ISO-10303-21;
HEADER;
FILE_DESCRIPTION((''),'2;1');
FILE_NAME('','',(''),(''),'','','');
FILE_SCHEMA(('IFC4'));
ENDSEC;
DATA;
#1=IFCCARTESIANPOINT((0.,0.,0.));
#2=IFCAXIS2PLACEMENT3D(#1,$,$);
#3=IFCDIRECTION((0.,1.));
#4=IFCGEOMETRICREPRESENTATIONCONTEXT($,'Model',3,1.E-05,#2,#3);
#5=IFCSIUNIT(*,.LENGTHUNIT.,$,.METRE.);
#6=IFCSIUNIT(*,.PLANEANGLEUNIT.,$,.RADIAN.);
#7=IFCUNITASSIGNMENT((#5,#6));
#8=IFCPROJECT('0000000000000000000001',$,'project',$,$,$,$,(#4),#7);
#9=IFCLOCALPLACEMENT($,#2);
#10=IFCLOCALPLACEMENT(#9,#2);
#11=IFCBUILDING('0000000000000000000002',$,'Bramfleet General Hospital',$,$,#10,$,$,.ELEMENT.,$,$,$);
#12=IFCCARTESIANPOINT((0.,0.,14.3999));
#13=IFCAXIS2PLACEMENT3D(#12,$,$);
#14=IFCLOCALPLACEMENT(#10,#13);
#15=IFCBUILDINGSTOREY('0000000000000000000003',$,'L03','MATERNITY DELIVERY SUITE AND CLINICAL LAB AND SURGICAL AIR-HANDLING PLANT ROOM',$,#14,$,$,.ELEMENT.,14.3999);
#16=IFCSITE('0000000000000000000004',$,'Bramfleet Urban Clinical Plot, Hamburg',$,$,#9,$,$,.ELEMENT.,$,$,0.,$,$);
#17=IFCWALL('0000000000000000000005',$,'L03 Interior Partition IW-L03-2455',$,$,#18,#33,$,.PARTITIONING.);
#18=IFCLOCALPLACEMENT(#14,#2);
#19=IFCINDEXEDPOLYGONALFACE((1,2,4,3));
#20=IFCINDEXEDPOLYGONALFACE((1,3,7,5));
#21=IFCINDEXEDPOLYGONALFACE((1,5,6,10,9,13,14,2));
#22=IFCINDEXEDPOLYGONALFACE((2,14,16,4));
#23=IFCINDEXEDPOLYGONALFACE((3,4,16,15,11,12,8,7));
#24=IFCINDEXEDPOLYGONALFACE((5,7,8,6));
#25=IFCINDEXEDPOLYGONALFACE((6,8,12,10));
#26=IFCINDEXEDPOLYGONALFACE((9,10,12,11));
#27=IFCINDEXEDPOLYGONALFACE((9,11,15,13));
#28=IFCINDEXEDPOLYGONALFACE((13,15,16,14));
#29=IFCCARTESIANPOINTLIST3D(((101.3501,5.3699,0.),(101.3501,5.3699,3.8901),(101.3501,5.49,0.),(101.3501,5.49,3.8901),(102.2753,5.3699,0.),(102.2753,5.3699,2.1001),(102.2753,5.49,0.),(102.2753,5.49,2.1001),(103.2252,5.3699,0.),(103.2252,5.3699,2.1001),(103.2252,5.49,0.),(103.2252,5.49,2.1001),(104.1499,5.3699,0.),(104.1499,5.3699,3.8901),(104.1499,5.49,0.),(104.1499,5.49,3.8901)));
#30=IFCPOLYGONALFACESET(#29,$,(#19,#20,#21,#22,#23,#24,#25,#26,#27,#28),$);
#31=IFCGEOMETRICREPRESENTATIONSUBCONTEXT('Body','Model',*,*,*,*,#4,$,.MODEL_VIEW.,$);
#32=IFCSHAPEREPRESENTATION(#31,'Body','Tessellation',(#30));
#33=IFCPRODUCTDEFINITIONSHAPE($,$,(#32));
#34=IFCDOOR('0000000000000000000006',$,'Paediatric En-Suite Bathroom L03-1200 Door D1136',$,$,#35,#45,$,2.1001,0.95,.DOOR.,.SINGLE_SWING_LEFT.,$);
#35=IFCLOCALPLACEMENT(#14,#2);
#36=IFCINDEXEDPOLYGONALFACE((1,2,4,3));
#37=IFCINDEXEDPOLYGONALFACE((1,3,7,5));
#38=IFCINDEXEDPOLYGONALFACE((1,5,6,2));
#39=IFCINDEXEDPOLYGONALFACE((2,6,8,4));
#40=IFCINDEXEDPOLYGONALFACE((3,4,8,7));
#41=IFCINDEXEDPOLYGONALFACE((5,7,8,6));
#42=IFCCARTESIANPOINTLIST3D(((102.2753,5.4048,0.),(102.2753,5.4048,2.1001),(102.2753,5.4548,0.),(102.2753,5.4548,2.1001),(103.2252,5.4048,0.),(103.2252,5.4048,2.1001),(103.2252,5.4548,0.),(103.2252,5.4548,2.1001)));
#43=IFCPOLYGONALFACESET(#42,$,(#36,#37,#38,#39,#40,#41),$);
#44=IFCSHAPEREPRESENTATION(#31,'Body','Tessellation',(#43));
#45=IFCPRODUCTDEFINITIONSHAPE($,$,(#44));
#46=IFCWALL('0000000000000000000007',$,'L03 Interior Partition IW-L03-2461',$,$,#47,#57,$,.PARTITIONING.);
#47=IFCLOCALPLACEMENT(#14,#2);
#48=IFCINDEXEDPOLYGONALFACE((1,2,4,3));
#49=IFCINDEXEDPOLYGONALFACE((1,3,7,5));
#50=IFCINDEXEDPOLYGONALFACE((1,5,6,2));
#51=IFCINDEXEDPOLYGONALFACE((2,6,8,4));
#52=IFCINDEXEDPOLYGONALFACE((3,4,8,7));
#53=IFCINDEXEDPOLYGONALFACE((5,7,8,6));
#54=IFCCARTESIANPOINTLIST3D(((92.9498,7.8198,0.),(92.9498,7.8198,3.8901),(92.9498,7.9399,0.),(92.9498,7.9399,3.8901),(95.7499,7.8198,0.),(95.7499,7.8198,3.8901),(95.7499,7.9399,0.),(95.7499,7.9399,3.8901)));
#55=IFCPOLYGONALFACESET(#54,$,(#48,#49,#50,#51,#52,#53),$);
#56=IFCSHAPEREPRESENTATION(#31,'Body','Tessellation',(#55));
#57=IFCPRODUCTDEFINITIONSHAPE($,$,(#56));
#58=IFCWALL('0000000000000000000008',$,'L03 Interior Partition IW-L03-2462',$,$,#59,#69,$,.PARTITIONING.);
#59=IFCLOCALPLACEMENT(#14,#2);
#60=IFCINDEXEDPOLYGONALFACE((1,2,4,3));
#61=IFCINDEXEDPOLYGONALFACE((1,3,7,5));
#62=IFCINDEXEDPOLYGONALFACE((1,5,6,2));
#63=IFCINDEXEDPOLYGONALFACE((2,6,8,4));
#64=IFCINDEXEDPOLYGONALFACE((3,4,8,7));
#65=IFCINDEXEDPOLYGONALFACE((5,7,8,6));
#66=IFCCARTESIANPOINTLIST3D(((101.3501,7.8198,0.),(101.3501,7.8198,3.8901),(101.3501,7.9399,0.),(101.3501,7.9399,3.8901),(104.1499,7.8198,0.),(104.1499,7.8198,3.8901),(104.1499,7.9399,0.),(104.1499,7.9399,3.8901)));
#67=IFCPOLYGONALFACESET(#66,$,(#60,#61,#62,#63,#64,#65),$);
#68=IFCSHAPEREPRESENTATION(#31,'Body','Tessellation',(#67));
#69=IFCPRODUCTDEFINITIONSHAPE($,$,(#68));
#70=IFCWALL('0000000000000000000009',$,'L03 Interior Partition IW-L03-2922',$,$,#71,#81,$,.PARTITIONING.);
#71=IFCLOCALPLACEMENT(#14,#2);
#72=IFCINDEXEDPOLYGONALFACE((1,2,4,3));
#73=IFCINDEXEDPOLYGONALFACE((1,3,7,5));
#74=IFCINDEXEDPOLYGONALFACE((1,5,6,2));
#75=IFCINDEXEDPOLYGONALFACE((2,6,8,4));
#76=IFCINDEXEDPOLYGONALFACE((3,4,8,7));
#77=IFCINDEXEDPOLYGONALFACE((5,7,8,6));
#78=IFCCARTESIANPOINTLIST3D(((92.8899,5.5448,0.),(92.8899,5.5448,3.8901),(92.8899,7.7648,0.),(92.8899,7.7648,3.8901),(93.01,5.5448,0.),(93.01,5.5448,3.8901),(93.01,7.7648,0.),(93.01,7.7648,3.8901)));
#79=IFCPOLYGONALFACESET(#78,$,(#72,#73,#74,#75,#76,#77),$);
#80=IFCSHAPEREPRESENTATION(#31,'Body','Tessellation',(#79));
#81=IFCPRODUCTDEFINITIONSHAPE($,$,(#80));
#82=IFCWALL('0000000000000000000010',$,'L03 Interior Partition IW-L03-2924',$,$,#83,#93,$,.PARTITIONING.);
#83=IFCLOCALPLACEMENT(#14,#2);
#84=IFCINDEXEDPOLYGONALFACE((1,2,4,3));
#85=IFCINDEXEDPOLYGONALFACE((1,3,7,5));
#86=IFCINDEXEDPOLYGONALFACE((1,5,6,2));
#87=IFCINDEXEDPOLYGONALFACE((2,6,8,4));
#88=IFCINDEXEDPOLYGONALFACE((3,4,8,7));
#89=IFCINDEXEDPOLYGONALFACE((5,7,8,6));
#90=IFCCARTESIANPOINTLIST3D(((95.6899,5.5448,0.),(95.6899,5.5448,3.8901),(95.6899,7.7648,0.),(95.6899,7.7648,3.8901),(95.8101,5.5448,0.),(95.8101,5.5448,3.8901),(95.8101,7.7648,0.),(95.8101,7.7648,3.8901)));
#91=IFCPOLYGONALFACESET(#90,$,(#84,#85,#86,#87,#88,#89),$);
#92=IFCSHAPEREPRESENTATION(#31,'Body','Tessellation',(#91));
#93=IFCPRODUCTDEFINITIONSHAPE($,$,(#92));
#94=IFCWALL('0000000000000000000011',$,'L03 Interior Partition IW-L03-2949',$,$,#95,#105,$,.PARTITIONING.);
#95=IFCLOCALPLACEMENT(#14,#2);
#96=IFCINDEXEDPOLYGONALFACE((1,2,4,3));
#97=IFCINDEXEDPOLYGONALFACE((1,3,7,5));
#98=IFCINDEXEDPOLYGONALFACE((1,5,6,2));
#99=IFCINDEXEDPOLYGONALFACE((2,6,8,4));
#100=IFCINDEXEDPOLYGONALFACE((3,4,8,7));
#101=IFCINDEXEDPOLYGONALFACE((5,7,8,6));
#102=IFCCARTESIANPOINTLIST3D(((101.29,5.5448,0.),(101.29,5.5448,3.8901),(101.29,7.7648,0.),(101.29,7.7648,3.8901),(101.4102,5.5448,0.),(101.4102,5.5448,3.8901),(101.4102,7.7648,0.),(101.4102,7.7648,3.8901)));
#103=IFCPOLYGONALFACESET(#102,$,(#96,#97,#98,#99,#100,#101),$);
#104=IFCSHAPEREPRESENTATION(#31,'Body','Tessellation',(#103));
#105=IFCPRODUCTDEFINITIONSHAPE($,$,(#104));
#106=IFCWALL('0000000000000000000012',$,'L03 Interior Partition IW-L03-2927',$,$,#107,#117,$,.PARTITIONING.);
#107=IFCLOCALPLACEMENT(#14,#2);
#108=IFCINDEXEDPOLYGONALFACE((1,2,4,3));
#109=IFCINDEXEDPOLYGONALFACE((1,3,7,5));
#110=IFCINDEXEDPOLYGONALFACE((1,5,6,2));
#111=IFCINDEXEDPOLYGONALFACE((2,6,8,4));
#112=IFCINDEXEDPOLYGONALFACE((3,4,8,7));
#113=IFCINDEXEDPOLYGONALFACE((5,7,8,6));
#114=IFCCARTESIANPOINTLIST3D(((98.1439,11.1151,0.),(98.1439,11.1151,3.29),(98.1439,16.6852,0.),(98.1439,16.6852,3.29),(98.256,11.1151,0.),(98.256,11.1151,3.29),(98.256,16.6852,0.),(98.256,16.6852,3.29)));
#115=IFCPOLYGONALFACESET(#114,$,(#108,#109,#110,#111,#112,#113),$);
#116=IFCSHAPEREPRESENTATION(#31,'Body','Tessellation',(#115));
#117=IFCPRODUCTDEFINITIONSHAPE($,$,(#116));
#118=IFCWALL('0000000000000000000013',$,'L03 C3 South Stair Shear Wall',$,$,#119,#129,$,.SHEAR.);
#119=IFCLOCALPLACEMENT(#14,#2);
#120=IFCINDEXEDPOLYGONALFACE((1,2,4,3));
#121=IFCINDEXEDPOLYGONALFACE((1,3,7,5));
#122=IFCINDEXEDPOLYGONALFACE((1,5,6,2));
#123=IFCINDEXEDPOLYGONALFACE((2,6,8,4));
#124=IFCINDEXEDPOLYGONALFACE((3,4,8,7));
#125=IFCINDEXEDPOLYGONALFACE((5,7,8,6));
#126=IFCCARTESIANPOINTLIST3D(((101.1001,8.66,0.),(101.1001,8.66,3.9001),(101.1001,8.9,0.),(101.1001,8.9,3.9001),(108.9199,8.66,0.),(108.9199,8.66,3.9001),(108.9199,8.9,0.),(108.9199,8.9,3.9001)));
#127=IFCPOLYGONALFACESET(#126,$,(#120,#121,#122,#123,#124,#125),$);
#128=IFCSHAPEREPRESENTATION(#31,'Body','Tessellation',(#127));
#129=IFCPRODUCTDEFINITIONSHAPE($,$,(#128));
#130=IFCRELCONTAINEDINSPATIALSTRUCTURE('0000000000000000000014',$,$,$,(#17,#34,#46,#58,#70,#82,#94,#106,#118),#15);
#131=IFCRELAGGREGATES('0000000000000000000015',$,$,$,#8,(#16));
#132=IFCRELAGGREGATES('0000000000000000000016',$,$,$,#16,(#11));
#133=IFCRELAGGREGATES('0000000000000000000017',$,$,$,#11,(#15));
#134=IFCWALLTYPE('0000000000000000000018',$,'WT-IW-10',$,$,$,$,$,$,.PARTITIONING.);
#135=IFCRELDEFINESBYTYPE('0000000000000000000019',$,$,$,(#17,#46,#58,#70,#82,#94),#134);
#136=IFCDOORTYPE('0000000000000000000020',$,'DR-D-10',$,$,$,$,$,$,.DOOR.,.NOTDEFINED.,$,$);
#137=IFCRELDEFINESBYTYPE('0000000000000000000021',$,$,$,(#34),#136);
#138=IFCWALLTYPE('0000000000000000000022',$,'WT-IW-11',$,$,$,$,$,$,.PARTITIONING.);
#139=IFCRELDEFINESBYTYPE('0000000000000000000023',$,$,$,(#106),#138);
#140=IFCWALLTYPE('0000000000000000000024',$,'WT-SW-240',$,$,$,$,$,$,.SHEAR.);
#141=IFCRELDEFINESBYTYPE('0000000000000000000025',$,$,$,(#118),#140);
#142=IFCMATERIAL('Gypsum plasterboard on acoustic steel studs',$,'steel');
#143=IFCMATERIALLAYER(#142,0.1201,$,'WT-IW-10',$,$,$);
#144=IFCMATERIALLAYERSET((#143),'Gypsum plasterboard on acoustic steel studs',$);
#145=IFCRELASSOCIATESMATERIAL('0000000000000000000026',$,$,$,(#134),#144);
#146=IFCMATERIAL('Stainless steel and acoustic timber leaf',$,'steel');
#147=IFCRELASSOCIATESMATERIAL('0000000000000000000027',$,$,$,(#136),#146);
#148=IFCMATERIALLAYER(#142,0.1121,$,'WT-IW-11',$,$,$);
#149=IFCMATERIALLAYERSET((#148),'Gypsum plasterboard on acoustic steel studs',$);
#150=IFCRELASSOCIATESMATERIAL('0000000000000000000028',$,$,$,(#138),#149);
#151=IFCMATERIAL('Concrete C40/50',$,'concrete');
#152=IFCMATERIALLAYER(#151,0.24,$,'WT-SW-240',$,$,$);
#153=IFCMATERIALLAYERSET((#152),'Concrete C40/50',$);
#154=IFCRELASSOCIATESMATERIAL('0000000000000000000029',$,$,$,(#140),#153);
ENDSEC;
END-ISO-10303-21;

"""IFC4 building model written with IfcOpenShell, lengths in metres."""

from ifc_helpers import new_model, si_unit, direction, frame, frame_2d, origin, place, context, subcontext, project, spatial, rectangle, extrude, material, layer, layer_set, type_object, element, fill, save


model = new_model("IFC4")

# Units and contexts
model_context = context("Model", 3, precision=1e-05, world=origin(), true_north=direction((0.0, 1.0)))
body_context = subcontext(model_context, "Body", "Model", "MODEL_VIEW")
ifc_project = project(units=[si_unit("LENGTHUNIT", "METRE"), si_unit("PLANEANGLEUNIT", "RADIAN")], contexts=[model_context])

# Site, building, storey
site_placement = place(None, origin())
site = spatial("IfcSite", under=ifc_project, at=site_placement, Name="Bramfleet Urban Clinical Plot, Hamburg", CompositionType="ELEMENT", RefElevation=0.0)
building_placement = place(site_placement, origin())
building = spatial("IfcBuilding", under=site, at=building_placement, Name="Bramfleet General Hospital", CompositionType="ELEMENT")
storey_placement = place(building_placement, frame((0.0, 0.0, 14.3999)))
storey = spatial("IfcBuildingStorey", under=building, at=storey_placement, Name="L03", Description="MATERNITY DELIVERY SUITE AND CLINICAL LAB AND SURGICAL AIR-HANDLING PLANT ROOM", CompositionType="ELEMENT", Elevation=14.3999)

# Shared definitions
ifc_material_1 = material(Name="Concrete C40/50", Category="concrete")

# Shared definitions
ifc_material_2 = material(Name="Gypsum plasterboard on acoustic steel studs", Category="steel")
ifc_material_3 = material(Name="Stainless steel and acoustic timber leaf", Category="steel")

# Wall, opening, door
ifc_layer_1 = layer(ifc_material_2, 0.1201, Name="WT-IW-10")
ifc_layer_set_1 = layer_set([ifc_layer_1], Name="Gypsum plasterboard on acoustic steel studs")
wall_type_1 = type_object("IfcWallType", Name="WT-IW-10", PredefinedType="PARTITIONING", material=ifc_layer_set_1)
door_type_1 = type_object("IfcDoorType", Name="DR-D-10", OperationType="NOTDEFINED", PredefinedType="DOOR", material=ifc_material_3)
wall_1_placement = place(storey_placement, frame((101.3501, 5.4299, 0.0), z_axis=(0.0, 0.0, 1.0), x_axis=(1.0, 0.0, 0.0)))
wall_1 = element("IfcWall", 1, at=wall_1_placement, inside=storey, type_object=wall_type_1, Name="L03 Interior Partition IW-L03-2455", PredefinedType="PARTITIONING", context=body_context, shape_type="SweptSolid", body=[
    extrude(rectangle(XDim=2.7998, YDim=0.1201, at=frame_2d((1.3999, 0.0))), origin(), (0.0, 0.0, 1.0), 3.8901),
])
opening_1_placement = place(wall_1_placement, frame((0.925, 0.0, 0.0)))
opening_1 = element("IfcOpeningElement", 2, at=opening_1_placement, cuts=wall_1, PredefinedType="OPENING", context=body_context, shape_type="SweptSolid", body=[
    extrude(rectangle(XDim=0.95, YDim=2.1001, at=frame_2d((0.4751, 1.05))), frame((0.0, 0.0701, 0.0), z_axis=(0.0, -1.0, 0.0), x_axis=(1.0, 0.0, 0.0)), (0.0, 0.0, 1.0), 0.1401),
])
door_1_placement = place(opening_1_placement, origin())
door_1 = element("IfcDoor", 3, at=door_1_placement, inside=storey, type_object=door_type_1, Name="Paediatric En-Suite Bathroom L03-1200 Door D1136", OperationType="SINGLE_SWING_LEFT", OverallHeight=2.1001, OverallWidth=0.95, PredefinedType="DOOR", context=body_context, shape_type="SweptSolid", body=[
    extrude(rectangle(XDim=0.95, YDim=2.1001, at=frame_2d((0.4751, 1.05))), frame((0.0, 0.0249, 0.0), z_axis=(0.0, -1.0, 0.0), x_axis=(1.0, 0.0, 0.0)), (0.0, 0.0, 1.0), 0.05),
])
fill(opening_1, door_1)

# Walls
wall_2_placement = place(storey_placement, frame((92.95, 7.8799, 0.0), z_axis=(0.0, 0.0, 1.0), x_axis=(1.0, 0.0, 0.0)))
element("IfcWall", 4, at=wall_2_placement, inside=storey, type_object=wall_type_1, Name="L03 Interior Partition IW-L03-2461", PredefinedType="PARTITIONING", context=body_context, shape_type="SweptSolid", body=[
    extrude(rectangle(XDim=2.8, YDim=0.1201, at=frame_2d((1.3999, 0.0))), origin(), (0.0, 0.0, 1.0), 3.8901),
])
wall_3_placement = place(storey_placement, frame((101.3501, 7.8799, 0.0), z_axis=(0.0, 0.0, 1.0), x_axis=(1.0, 0.0, 0.0)))
element("IfcWall", 5, at=wall_3_placement, inside=storey, type_object=wall_type_1, Name="L03 Interior Partition IW-L03-2462", PredefinedType="PARTITIONING", context=body_context, shape_type="SweptSolid", body=[
    extrude(rectangle(XDim=2.7998, YDim=0.1201, at=frame_2d((1.3999, 0.0))), origin(), (0.0, 0.0, 1.0), 3.8901),
])
for number, where, z_axis, x_axis, name in (
    (6, (92.95, 5.5449, 0.0), (0.0, 0.0, 1.0), (0.0, 1.0, 0.0), "L03 Interior Partition IW-L03-2922"),
    (7, (95.75, 5.5449, 0.0), (0.0, 0.0, 1.0), (0.0, 1.0, 0.0), "L03 Interior Partition IW-L03-2924"),
    (8, (101.3501, 5.5449, 0.0), (0.0, 0.0, 1.0), (0.0, 1.0, 0.0), "L03 Interior Partition IW-L03-2949"),
):
    element("IfcWall", number, at=place(storey_placement, frame(where, z_axis=z_axis, x_axis=x_axis)), inside=storey, type_object=wall_type_1, Name=name, PredefinedType="PARTITIONING", context=body_context, shape_type="SweptSolid", body=[
        extrude(rectangle(XDim=2.22, YDim=0.1201, at=frame_2d((1.1099, 0.0))), origin(), (0.0, 0.0, 1.0), 3.8901),
    ])
ifc_layer_2 = layer(ifc_material_2, 0.1121, Name="WT-IW-11")
ifc_layer_set_2 = layer_set([ifc_layer_2], Name="Gypsum plasterboard on acoustic steel studs")
wall_type_2 = type_object("IfcWallType", Name="WT-IW-11", PredefinedType="PARTITIONING", material=ifc_layer_set_2)
wall_4_placement = place(storey_placement, frame((98.2, 11.115, 0.0), z_axis=(0.0, 0.0, 1.0), x_axis=(0.0, 1.0, 0.0)))
element("IfcWall", 9, at=wall_4_placement, inside=storey, type_object=wall_type_2, Name="L03 Interior Partition IW-L03-2927", PredefinedType="PARTITIONING", context=body_context, shape_type="SweptSolid", body=[
    extrude(rectangle(XDim=5.5701, YDim=0.1121, at=frame_2d((2.7852, 0.0))), origin(), (0.0, 0.0, 1.0), 3.29),
])
ifc_layer_3 = layer(ifc_material_1, 0.24, Name="WT-SW-240")
ifc_layer_set_3 = layer_set([ifc_layer_3], Name="Concrete C40/50")
wall_type_3 = type_object("IfcWallType", Name="WT-SW-240", PredefinedType="SHEAR", material=ifc_layer_set_3)
wall_5_placement = place(storey_placement, frame((101.1001, 8.78, 0.0), z_axis=(0.0, 0.0, 1.0), x_axis=(1.0, 0.0, 0.0)))
element("IfcWall", 10, at=wall_5_placement, inside=storey, type_object=wall_type_3, Name="L03 C3 South Stair Shear Wall", PredefinedType="SHEAR", context=body_context, shape_type="SweptSolid", body=[
    extrude(rectangle(XDim=7.8198, YDim=0.24, at=frame_2d((3.9099, 0.0))), origin(), (0.0, 0.0, 1.0), 3.9001),
])

save(model, "model.ifc")
